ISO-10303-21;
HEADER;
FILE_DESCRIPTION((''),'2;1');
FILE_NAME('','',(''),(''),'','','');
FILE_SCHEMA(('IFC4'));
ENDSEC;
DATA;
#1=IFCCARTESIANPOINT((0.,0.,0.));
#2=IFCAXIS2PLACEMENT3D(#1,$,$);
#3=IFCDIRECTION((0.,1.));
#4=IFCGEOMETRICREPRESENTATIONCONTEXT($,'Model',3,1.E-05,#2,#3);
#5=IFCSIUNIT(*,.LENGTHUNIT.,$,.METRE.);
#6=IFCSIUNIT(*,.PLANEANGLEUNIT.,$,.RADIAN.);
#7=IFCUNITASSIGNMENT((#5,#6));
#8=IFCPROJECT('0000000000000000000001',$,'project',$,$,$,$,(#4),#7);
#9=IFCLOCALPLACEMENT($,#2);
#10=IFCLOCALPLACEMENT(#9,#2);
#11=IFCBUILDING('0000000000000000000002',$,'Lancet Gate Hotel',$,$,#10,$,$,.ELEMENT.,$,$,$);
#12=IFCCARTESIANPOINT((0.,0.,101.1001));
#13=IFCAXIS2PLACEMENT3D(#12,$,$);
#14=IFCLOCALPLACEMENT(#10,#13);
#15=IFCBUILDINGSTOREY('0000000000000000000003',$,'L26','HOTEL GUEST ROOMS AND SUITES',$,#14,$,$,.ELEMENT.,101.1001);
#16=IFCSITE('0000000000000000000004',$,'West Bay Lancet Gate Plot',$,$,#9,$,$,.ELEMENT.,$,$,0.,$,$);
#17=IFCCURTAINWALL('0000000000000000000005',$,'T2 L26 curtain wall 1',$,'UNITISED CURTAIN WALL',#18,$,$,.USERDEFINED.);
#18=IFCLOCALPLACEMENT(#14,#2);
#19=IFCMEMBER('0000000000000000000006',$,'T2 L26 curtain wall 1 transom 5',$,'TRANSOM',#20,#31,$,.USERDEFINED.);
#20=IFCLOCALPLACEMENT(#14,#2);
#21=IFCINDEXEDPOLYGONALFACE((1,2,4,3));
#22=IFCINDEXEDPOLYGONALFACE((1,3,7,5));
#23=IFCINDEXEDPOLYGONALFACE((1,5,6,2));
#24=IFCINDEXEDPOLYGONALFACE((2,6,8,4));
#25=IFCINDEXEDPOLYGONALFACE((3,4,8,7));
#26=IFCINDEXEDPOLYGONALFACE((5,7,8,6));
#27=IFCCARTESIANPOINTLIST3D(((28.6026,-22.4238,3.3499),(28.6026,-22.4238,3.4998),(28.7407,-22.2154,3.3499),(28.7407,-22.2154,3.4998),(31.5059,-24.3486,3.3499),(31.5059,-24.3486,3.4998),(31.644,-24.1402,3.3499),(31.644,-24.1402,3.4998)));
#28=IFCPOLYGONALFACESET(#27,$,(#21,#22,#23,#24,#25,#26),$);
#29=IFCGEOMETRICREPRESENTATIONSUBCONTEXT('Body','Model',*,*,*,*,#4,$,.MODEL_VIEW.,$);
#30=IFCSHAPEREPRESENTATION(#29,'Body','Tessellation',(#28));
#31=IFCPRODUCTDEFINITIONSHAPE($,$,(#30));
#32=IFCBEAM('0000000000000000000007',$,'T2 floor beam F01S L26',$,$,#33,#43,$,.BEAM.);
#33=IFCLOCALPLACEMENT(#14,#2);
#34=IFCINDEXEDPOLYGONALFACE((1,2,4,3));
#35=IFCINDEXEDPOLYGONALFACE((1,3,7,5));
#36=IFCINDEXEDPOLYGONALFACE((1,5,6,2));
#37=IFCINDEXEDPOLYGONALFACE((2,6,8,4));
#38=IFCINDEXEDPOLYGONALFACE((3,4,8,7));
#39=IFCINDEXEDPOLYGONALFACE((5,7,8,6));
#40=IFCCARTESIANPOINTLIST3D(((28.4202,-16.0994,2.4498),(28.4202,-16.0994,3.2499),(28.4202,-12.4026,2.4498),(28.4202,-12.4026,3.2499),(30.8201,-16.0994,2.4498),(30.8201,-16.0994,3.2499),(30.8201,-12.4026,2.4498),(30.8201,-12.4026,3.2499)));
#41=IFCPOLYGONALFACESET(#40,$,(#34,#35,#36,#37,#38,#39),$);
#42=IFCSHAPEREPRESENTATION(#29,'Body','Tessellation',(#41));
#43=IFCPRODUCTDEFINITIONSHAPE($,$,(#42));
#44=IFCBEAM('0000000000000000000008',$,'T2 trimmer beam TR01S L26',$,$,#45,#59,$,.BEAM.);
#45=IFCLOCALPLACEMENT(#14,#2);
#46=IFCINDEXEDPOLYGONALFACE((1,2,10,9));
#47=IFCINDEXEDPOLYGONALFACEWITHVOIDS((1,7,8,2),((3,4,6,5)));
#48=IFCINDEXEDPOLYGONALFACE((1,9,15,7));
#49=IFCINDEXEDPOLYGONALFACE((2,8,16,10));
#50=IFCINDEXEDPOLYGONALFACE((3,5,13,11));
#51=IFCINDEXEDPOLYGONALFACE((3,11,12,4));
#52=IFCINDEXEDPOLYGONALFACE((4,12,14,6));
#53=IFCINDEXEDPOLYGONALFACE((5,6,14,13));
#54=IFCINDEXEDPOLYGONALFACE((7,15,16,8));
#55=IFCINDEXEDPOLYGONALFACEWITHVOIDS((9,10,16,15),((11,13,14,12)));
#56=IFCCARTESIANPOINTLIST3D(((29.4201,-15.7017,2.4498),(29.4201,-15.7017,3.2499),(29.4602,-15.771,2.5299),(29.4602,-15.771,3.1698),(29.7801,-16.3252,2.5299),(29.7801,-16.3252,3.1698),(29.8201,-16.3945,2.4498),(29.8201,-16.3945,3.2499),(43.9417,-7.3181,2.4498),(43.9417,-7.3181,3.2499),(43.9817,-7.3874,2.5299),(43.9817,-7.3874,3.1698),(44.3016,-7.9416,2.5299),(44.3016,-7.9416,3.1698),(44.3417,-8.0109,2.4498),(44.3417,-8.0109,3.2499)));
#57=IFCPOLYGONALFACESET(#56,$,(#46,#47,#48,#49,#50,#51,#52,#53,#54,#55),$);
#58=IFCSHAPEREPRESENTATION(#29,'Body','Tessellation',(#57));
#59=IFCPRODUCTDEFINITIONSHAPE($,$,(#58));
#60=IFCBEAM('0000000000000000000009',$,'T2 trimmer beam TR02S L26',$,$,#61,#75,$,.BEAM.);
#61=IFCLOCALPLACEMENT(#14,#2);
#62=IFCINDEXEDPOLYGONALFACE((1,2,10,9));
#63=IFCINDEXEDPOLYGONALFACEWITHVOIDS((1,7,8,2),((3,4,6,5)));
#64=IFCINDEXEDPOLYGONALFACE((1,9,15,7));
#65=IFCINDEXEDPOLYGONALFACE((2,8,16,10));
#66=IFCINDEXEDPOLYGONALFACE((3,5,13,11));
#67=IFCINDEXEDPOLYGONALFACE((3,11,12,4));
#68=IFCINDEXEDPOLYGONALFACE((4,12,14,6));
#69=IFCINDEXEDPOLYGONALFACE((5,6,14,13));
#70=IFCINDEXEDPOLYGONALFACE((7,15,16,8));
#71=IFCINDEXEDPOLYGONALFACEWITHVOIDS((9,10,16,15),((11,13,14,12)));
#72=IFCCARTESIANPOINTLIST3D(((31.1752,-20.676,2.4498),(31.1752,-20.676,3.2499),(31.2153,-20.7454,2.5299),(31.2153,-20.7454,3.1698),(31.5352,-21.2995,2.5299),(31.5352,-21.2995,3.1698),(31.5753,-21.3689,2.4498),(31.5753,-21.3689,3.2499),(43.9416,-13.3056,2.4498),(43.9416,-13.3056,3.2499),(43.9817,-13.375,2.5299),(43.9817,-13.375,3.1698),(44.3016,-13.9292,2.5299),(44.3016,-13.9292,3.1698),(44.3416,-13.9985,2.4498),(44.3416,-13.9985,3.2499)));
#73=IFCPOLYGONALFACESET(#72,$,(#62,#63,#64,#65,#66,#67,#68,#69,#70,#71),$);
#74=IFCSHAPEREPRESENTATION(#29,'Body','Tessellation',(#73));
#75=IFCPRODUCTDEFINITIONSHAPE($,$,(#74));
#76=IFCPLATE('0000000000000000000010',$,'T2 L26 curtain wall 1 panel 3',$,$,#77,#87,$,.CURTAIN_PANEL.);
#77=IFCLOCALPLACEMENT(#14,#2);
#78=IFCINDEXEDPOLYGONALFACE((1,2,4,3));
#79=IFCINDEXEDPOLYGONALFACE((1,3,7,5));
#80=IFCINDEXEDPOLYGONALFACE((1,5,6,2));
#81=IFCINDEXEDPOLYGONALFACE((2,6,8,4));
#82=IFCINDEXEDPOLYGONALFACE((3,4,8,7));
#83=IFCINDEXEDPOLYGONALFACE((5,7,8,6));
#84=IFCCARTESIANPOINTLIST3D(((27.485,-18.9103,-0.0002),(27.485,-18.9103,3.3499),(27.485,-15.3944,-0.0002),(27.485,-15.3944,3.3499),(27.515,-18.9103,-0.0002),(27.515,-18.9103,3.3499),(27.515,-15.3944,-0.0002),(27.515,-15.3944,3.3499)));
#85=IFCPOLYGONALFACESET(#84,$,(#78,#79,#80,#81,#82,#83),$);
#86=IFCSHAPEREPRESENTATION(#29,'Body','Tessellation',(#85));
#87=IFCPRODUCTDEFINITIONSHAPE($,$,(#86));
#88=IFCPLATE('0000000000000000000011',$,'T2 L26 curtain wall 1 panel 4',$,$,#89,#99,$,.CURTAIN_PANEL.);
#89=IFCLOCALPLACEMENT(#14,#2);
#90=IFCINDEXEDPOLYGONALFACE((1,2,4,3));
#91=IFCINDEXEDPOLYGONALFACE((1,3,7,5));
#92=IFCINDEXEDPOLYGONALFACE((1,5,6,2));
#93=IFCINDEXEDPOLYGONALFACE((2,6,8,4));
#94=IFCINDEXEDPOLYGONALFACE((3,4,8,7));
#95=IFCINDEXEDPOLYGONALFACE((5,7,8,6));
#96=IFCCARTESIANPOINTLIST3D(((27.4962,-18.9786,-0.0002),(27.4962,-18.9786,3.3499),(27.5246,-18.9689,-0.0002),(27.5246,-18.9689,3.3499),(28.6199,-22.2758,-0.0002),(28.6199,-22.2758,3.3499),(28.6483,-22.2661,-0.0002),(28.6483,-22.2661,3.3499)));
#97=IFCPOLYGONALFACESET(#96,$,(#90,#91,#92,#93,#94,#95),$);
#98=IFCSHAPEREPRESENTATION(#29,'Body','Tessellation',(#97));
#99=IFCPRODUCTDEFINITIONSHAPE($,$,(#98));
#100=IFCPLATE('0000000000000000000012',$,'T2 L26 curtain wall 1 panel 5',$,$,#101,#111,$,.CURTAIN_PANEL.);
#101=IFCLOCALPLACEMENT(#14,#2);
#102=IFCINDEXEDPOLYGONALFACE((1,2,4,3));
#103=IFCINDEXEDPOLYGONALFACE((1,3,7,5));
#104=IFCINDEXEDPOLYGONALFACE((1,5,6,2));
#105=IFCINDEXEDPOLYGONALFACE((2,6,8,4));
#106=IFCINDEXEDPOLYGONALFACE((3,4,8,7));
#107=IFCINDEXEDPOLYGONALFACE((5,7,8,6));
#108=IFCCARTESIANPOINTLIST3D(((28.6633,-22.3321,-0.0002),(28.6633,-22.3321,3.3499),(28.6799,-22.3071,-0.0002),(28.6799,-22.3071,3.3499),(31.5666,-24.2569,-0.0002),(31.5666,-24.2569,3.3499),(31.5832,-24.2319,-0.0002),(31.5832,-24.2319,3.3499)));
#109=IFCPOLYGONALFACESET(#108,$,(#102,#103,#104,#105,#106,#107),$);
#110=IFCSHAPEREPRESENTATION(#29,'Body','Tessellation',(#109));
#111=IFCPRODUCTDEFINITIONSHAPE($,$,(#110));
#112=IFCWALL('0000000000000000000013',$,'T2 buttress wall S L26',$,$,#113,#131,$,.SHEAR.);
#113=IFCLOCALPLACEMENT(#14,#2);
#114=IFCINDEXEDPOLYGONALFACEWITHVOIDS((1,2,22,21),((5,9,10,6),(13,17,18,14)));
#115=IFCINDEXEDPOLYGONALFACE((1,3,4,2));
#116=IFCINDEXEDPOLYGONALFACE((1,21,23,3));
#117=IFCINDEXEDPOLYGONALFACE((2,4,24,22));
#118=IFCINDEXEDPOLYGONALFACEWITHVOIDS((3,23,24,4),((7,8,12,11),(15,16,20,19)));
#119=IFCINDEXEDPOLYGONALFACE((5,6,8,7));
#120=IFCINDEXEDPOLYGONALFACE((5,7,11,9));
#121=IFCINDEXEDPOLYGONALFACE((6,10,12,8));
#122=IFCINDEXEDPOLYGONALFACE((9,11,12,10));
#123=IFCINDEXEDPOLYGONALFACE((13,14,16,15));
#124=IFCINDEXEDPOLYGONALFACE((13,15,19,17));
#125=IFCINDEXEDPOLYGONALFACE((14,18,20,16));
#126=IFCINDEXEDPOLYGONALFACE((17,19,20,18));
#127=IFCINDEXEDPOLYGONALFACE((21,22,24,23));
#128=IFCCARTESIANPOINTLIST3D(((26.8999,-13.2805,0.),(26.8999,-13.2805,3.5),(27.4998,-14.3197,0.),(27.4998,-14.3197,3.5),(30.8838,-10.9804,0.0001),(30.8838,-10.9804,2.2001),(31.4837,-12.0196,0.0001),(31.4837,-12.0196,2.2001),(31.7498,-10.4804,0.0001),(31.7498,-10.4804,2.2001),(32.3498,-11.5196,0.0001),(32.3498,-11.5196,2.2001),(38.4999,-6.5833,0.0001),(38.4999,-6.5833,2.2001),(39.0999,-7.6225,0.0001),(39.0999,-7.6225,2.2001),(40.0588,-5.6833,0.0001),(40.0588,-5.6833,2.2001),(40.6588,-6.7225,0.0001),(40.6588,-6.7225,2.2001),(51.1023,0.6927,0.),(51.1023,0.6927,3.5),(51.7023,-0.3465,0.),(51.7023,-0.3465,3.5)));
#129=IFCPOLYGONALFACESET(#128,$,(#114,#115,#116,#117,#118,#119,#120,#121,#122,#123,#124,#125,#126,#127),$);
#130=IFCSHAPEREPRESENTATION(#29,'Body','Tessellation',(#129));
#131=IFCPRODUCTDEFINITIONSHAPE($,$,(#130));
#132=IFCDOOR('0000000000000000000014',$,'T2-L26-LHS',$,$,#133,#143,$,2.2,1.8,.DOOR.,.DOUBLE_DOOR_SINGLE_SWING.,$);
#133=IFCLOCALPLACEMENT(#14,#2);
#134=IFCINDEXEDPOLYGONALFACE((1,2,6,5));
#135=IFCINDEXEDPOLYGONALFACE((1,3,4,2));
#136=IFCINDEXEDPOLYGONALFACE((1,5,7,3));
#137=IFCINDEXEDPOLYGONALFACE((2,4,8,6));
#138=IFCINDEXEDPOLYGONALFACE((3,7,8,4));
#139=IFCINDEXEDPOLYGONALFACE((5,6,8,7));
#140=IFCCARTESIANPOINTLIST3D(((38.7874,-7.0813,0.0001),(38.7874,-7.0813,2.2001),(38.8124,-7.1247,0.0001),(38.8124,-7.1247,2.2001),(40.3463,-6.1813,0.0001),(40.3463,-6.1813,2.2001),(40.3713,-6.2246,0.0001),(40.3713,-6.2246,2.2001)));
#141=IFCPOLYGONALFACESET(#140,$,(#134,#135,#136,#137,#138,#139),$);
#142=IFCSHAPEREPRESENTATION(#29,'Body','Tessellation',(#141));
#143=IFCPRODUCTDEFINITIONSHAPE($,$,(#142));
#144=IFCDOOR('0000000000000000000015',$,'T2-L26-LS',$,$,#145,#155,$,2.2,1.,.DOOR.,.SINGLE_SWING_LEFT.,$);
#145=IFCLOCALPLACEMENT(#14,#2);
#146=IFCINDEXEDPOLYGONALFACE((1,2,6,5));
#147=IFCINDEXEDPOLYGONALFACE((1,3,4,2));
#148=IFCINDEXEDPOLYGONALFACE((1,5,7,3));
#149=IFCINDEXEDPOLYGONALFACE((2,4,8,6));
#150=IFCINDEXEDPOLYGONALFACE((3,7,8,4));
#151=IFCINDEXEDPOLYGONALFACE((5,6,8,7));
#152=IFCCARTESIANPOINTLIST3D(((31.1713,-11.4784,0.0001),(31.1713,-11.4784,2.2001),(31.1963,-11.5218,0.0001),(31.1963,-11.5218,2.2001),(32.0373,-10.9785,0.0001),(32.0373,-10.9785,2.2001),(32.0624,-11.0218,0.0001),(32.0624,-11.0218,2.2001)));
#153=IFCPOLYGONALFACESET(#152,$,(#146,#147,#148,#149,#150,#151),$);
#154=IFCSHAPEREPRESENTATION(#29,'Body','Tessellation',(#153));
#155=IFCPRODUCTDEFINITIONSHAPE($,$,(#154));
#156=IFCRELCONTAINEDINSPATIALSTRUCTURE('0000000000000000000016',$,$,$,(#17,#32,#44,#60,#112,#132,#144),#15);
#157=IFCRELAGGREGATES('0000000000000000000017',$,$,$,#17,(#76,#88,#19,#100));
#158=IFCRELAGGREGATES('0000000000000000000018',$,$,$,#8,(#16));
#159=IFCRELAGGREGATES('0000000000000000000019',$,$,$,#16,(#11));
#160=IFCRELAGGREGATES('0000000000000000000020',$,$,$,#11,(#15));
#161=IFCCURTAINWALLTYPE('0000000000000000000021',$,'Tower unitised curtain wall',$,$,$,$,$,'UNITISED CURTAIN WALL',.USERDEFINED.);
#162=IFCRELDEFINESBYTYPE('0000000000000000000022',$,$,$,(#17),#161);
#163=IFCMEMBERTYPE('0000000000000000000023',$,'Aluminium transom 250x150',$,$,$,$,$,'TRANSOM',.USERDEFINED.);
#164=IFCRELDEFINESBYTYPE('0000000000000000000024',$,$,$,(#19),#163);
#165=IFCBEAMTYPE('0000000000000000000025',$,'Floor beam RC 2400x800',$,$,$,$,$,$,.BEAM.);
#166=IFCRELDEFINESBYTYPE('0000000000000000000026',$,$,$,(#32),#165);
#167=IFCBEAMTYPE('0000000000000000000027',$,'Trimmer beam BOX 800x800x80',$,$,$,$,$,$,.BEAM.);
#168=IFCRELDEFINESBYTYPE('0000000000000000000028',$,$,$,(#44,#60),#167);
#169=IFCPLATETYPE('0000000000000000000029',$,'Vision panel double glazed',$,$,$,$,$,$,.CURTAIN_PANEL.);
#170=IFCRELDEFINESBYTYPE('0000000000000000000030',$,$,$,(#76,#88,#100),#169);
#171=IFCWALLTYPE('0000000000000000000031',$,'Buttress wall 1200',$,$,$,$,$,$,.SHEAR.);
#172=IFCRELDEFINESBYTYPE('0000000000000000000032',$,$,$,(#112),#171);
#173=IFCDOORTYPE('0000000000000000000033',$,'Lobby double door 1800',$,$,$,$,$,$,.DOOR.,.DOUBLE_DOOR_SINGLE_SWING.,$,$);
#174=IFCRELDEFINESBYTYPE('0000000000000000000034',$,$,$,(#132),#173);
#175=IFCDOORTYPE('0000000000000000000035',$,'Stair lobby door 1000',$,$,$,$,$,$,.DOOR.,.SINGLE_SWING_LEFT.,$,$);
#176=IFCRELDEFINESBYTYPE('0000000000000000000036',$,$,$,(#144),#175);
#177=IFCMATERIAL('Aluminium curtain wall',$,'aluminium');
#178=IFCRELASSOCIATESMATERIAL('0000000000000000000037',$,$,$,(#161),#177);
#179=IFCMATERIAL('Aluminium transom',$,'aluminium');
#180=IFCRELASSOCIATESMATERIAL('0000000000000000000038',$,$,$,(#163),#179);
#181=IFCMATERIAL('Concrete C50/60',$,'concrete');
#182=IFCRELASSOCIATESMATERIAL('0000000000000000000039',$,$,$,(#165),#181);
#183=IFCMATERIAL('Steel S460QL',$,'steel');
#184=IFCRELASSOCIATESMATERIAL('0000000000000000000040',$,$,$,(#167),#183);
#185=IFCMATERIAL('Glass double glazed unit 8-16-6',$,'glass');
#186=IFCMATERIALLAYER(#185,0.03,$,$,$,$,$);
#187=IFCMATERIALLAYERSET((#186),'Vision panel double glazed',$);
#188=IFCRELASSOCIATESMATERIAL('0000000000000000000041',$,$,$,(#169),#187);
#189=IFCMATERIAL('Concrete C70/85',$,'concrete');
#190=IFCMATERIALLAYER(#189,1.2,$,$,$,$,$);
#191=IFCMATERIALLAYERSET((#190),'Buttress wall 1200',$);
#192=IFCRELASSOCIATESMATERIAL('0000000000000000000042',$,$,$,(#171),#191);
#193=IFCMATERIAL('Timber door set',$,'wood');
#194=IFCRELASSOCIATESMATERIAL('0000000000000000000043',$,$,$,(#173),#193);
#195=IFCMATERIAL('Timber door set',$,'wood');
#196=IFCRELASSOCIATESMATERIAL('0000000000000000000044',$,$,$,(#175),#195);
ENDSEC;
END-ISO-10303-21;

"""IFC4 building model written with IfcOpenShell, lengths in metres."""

from ifc_helpers import new_model, si_unit, direction, frame, frame_2d, origin, origin_2d, place, context, subcontext, project, spatial, rectangle, hollow_rectangle, extrude, material, layer, layer_set, material_profile, profile_set, type_object, element, fill, aggregate, save


model = new_model("IFC4")

# Units and contexts
model_context = context("Model", 3, precision=1e-05, world=origin(), true_north=direction((0.0, 1.0)))
body_context = subcontext(model_context, "Body", "Model", "MODEL_VIEW")
ifc_project = project(units=[si_unit("LENGTHUNIT", "METRE"), si_unit("PLANEANGLEUNIT", "RADIAN")], contexts=[model_context])

# Site, building, storey
site_placement = place(None, origin())
site = spatial("IfcSite", under=ifc_project, at=site_placement, Name="West Bay Lancet Gate Plot", CompositionType="ELEMENT", RefElevation=0.0)
building_placement = place(site_placement, origin())
building = spatial("IfcBuilding", under=site, at=building_placement, Name="Lancet Gate Hotel", CompositionType="ELEMENT")
storey_placement = place(building_placement, frame((0.0, 0.0, 101.1001)))
storey = spatial("IfcBuildingStorey", under=building, at=storey_placement, Name="L26", Description="HOTEL GUEST ROOMS AND SUITES", CompositionType="ELEMENT", Elevation=101.1001)

# Curtain wall, member
ifc_material_1 = material(Name="Aluminium curtain wall", Category="aluminium")
curtain_wall_type = type_object("IfcCurtainWallType", Name="Tower unitised curtain wall", ElementType="UNITISED CURTAIN WALL", PredefinedType="USERDEFINED", material=ifc_material_1)
curtain_wall_placement = place(storey_placement, origin())
curtain_wall = element("IfcCurtainWall", 1, at=curtain_wall_placement, inside=storey, type_object=curtain_wall_type, Name="T2 L26 curtain wall 1", ObjectType="UNITISED CURTAIN WALL", PredefinedType="USERDEFINED")
ifc_material_2 = material(Name="Aluminium transom", Category="aluminium")
ifc_material_profile_1 = material_profile(ifc_material_2, rectangle(XDim=0.25, YDim=0.1499, at=origin_2d()), Name="TRANSOM 250x150")
ifc_profile_set_1 = profile_set([ifc_material_profile_1], Name="Aluminium transom")
member_type_1 = type_object("IfcMemberType", Name="Aluminium transom 250x150", ElementType="TRANSOM", PredefinedType="USERDEFINED", material=ifc_profile_set_1)
member_1_placement = place(storey_placement, frame((28.6716, -22.3196, 3.4248), z_axis=(0.833471, -0.552563, 0.0), x_axis=(0.552563, 0.833471, 0.0)))
member_1 = element("IfcMember", 2, at=member_1_placement, type_object=member_type_1, Name="T2 L26 curtain wall 1 transom 5", ObjectType="TRANSOM", PredefinedType="USERDEFINED", context=body_context, shape_type="SweptSolid", body=[
    extrude(rectangle(XDim=0.25, YDim=0.1499, at=origin_2d()), origin(), (0.0, 0.0, 1.0), 3.4834),
])

# Beams
ifc_material_3 = material(Name="Concrete C50/60", Category="concrete")
ifc_material_profile_2 = material_profile(ifc_material_3, rectangle(XDim=2.3999, YDim=0.8, at=origin_2d()), Name="RC 2400x800")
ifc_profile_set_2 = profile_set([ifc_material_profile_2], Name="Concrete C50/60")
beam_type_1 = type_object("IfcBeamType", Name="Floor beam RC 2400x800", PredefinedType="BEAM", material=ifc_profile_set_2)
beam_1_placement = place(storey_placement, frame((29.6201, -16.0994, 2.8499), z_axis=(0.0, 1.0, 0.0), x_axis=(-1.0, 0.0, 0.0)))
element("IfcBeam", 3, at=beam_1_placement, inside=storey, type_object=beam_type_1, Name="T2 floor beam F01S L26", PredefinedType="BEAM", context=body_context, shape_type="SweptSolid", body=[
    extrude(rectangle(XDim=2.3999, YDim=0.8, at=origin_2d()), origin(), (0.0, 0.0, 1.0), 3.6968),
])
ifc_material_4 = material(Name="Steel S460QL", Category="steel")
ifc_material_profile_3 = material_profile(ifc_material_4, hollow_rectangle(XDim=0.8, YDim=0.8, WallThickness=0.0801, at=origin_2d()), Name="BOX 800x800x80")
ifc_profile_set_3 = profile_set([ifc_material_profile_3], Name="Steel S460QL")
beam_type_2 = type_object("IfcBeamType", Name="Trimmer beam BOX 800x800x80", PredefinedType="BEAM", material=ifc_profile_set_3)
beam_2_placement = place(storey_placement, frame((29.6201, -16.0481, 2.8499), z_axis=(0.866037, 0.49998, 0.0), x_axis=(-0.49998, 0.866037, 0.0)))
element("IfcBeam", 4, at=beam_2_placement, inside=storey, type_object=beam_type_2, Name="T2 trimmer beam TR01S L26", PredefinedType="BEAM", context=body_context, shape_type="SweptSolid", body=[
    extrude(hollow_rectangle(XDim=0.8, YDim=0.8, WallThickness=0.0801, at=origin_2d()), origin(), (0.0, 0.0, 1.0), 16.7678),
])
beam_3_placement = place(storey_placement, frame((31.3752, -21.0225, 2.8499), z_axis=(0.866034, 0.499985, 0.0), x_axis=(-0.499985, 0.866034, 0.0)))
element("IfcBeam", 5, at=beam_3_placement, inside=storey, type_object=beam_type_2, Name="T2 trimmer beam TR02S L26", PredefinedType="BEAM", context=body_context, shape_type="SweptSolid", body=[
    extrude(hollow_rectangle(XDim=0.8, YDim=0.8, WallThickness=0.0801, at=origin_2d()), origin(), (0.0, 0.0, 1.0), 14.7412),
])

# Plates
ifc_material_5 = material(Name="Glass double glazed unit 8-16-6", Category="glass")
ifc_layer_1 = layer(ifc_material_5, 0.03)
ifc_layer_set_1 = layer_set([ifc_layer_1], Name="Vision panel double glazed")
plate_type = type_object("IfcPlateType", Name="Vision panel double glazed", PredefinedType="CURTAIN_PANEL", material=ifc_layer_set_1)
plate_1_placement = place(storey_placement, frame((27.5, -17.1523, -0.0002), z_axis=(0.0, 0.0, 1.0), x_axis=(0.0, -1.0, 0.0)))
plate_1 = element("IfcPlate", 6, at=plate_1_placement, type_object=plate_type, Name="T2 L26 curtain wall 1 panel 3", PredefinedType="CURTAIN_PANEL", context=body_context, shape_type="SweptSolid", body=[
    extrude(rectangle(XDim=3.5159, YDim=0.03, at=origin_2d()), origin(), (0.0, 0.0, 1.0), 3.3501),
])
plate_2_placement = place(storey_placement, frame((28.0723, -20.6223, -0.0002), z_axis=(0.0, 0.0, 1.0), x_axis=(0.322576, -0.946544, 0.0)))
plate_2 = element("IfcPlate", 7, at=plate_2_placement, type_object=plate_type, Name="T2 L26 curtain wall 1 panel 4", PredefinedType="CURTAIN_PANEL", context=body_context, shape_type="SweptSolid", body=[
    extrude(rectangle(XDim=3.4834, YDim=0.03, at=origin_2d()), origin(), (0.0, 0.0, 1.0), 3.3501),
])
plate_3_placement = place(storey_placement, frame((30.1233, -23.282, -0.0002), z_axis=(0.0, 0.0, 1.0), x_axis=(0.833465, -0.552573, 0.0)))
plate_3 = element("IfcPlate", 8, at=plate_3_placement, type_object=plate_type, Name="T2 L26 curtain wall 1 panel 5", PredefinedType="CURTAIN_PANEL", context=body_context, shape_type="SweptSolid", body=[
    extrude(rectangle(XDim=3.4834, YDim=0.03, at=origin_2d()), origin(), (0.0, 0.0, 1.0), 3.3501),
])
aggregate(curtain_wall, [plate_1, plate_2, member_1, plate_3])

# Wall, openings, doors
ifc_material_6 = material(Name="Concrete C70/85", Category="concrete")
ifc_layer_2 = layer(ifc_material_6, 1.2)
ifc_layer_set_2 = layer_set([ifc_layer_2], Name="Buttress wall 1200")
wall_type_1 = type_object("IfcWallType", Name="Buttress wall 1200", PredefinedType="SHEAR", material=ifc_layer_set_2)
wall_1_placement = place(storey_placement, frame((27.2, -13.8, 0.0), z_axis=(0.0, 0.0, 1.0), x_axis=(0.866027, 0.499997, 0.0)))
wall_1 = element("IfcWall", 9, at=wall_1_placement, inside=storey, type_object=wall_type_1, Name="T2 buttress wall S L26", PredefinedType="SHEAR", context=body_context, shape_type="SweptSolid", body=[
    extrude(rectangle(XDim=27.9465, YDim=1.2, at=frame_2d((13.9731, 0.0))), origin(), (0.0, 0.0, 1.0), 3.5),
])
opening_1_placement = place(wall_1_placement, frame((4.6001, 0.0, 0.0)))
opening_1 = element("IfcOpeningElement", 10, at=opening_1_placement, cuts=wall_1, PredefinedType="OPENING", context=body_context, shape_type="SweptSolid", body=[
    extrude(rectangle(XDim=1.0, YDim=2.2, at=frame_2d((0.5, 1.1001))), frame((0.0, 0.6099, 0.0), z_axis=(0.0, -1.0, 0.0), x_axis=(1.0, 0.0, 0.0)), (0.0, 0.0, 1.0), 1.22),
])
opening_2_placement = place(wall_1_placement, frame((13.3945, 0.0, 0.0)))
opening_2 = element("IfcOpeningElement", 11, at=opening_2_placement, cuts=wall_1, PredefinedType="OPENING", context=body_context, shape_type="SweptSolid", body=[
    extrude(rectangle(XDim=1.8, YDim=2.2, at=frame_2d((0.8999, 1.1001))), frame((0.0, 0.6099, 0.0), z_axis=(0.0, -1.0, 0.0), x_axis=(1.0, 0.0, 0.0)), (0.0, 0.0, 1.0), 1.22),
])
ifc_material_7 = material(Name="Timber door set", Category="wood")
door_type_1 = type_object("IfcDoorType", Name="Lobby double door 1800", OperationType="DOUBLE_DOOR_SINGLE_SWING", PredefinedType="DOOR", material=ifc_material_7)
door_1_placement = place(opening_2_placement, origin())
door_1 = element("IfcDoor", 12, at=door_1_placement, inside=storey, type_object=door_type_1, Name="T2-L26-LHS", OperationType="DOUBLE_DOOR_SINGLE_SWING", OverallHeight=2.2, OverallWidth=1.8, PredefinedType="DOOR", context=body_context, shape_type="SweptSolid", body=[
    extrude(rectangle(XDim=1.8, YDim=2.2, at=frame_2d((0.8999, 1.1001))), frame((0.0, 0.0249, 0.0), z_axis=(0.0, -1.0, 0.0), x_axis=(1.0, 0.0, 0.0)), (0.0, 0.0, 1.0), 0.05),
])
fill(opening_2, door_1)
ifc_material_8 = material(Name="Timber door set", Category="wood")
door_type_2 = type_object("IfcDoorType", Name="Stair lobby door 1000", OperationType="SINGLE_SWING_LEFT", PredefinedType="DOOR", material=ifc_material_8)
door_2_placement = place(opening_1_placement, origin())
door_2 = element("IfcDoor", 13, at=door_2_placement, inside=storey, type_object=door_type_2, Name="T2-L26-LS", OperationType="SINGLE_SWING_LEFT", OverallHeight=2.2, OverallWidth=1.0, PredefinedType="DOOR", context=body_context, shape_type="SweptSolid", body=[
    extrude(rectangle(XDim=1.0, YDim=2.2, at=frame_2d((0.5, 1.1001))), frame((0.0, 0.0249, 0.0), z_axis=(0.0, -1.0, 0.0), x_axis=(1.0, 0.0, 0.0)), (0.0, 0.0, 1.0), 0.05),
])
fill(opening_1, door_2)

save(model, "model.ifc")
